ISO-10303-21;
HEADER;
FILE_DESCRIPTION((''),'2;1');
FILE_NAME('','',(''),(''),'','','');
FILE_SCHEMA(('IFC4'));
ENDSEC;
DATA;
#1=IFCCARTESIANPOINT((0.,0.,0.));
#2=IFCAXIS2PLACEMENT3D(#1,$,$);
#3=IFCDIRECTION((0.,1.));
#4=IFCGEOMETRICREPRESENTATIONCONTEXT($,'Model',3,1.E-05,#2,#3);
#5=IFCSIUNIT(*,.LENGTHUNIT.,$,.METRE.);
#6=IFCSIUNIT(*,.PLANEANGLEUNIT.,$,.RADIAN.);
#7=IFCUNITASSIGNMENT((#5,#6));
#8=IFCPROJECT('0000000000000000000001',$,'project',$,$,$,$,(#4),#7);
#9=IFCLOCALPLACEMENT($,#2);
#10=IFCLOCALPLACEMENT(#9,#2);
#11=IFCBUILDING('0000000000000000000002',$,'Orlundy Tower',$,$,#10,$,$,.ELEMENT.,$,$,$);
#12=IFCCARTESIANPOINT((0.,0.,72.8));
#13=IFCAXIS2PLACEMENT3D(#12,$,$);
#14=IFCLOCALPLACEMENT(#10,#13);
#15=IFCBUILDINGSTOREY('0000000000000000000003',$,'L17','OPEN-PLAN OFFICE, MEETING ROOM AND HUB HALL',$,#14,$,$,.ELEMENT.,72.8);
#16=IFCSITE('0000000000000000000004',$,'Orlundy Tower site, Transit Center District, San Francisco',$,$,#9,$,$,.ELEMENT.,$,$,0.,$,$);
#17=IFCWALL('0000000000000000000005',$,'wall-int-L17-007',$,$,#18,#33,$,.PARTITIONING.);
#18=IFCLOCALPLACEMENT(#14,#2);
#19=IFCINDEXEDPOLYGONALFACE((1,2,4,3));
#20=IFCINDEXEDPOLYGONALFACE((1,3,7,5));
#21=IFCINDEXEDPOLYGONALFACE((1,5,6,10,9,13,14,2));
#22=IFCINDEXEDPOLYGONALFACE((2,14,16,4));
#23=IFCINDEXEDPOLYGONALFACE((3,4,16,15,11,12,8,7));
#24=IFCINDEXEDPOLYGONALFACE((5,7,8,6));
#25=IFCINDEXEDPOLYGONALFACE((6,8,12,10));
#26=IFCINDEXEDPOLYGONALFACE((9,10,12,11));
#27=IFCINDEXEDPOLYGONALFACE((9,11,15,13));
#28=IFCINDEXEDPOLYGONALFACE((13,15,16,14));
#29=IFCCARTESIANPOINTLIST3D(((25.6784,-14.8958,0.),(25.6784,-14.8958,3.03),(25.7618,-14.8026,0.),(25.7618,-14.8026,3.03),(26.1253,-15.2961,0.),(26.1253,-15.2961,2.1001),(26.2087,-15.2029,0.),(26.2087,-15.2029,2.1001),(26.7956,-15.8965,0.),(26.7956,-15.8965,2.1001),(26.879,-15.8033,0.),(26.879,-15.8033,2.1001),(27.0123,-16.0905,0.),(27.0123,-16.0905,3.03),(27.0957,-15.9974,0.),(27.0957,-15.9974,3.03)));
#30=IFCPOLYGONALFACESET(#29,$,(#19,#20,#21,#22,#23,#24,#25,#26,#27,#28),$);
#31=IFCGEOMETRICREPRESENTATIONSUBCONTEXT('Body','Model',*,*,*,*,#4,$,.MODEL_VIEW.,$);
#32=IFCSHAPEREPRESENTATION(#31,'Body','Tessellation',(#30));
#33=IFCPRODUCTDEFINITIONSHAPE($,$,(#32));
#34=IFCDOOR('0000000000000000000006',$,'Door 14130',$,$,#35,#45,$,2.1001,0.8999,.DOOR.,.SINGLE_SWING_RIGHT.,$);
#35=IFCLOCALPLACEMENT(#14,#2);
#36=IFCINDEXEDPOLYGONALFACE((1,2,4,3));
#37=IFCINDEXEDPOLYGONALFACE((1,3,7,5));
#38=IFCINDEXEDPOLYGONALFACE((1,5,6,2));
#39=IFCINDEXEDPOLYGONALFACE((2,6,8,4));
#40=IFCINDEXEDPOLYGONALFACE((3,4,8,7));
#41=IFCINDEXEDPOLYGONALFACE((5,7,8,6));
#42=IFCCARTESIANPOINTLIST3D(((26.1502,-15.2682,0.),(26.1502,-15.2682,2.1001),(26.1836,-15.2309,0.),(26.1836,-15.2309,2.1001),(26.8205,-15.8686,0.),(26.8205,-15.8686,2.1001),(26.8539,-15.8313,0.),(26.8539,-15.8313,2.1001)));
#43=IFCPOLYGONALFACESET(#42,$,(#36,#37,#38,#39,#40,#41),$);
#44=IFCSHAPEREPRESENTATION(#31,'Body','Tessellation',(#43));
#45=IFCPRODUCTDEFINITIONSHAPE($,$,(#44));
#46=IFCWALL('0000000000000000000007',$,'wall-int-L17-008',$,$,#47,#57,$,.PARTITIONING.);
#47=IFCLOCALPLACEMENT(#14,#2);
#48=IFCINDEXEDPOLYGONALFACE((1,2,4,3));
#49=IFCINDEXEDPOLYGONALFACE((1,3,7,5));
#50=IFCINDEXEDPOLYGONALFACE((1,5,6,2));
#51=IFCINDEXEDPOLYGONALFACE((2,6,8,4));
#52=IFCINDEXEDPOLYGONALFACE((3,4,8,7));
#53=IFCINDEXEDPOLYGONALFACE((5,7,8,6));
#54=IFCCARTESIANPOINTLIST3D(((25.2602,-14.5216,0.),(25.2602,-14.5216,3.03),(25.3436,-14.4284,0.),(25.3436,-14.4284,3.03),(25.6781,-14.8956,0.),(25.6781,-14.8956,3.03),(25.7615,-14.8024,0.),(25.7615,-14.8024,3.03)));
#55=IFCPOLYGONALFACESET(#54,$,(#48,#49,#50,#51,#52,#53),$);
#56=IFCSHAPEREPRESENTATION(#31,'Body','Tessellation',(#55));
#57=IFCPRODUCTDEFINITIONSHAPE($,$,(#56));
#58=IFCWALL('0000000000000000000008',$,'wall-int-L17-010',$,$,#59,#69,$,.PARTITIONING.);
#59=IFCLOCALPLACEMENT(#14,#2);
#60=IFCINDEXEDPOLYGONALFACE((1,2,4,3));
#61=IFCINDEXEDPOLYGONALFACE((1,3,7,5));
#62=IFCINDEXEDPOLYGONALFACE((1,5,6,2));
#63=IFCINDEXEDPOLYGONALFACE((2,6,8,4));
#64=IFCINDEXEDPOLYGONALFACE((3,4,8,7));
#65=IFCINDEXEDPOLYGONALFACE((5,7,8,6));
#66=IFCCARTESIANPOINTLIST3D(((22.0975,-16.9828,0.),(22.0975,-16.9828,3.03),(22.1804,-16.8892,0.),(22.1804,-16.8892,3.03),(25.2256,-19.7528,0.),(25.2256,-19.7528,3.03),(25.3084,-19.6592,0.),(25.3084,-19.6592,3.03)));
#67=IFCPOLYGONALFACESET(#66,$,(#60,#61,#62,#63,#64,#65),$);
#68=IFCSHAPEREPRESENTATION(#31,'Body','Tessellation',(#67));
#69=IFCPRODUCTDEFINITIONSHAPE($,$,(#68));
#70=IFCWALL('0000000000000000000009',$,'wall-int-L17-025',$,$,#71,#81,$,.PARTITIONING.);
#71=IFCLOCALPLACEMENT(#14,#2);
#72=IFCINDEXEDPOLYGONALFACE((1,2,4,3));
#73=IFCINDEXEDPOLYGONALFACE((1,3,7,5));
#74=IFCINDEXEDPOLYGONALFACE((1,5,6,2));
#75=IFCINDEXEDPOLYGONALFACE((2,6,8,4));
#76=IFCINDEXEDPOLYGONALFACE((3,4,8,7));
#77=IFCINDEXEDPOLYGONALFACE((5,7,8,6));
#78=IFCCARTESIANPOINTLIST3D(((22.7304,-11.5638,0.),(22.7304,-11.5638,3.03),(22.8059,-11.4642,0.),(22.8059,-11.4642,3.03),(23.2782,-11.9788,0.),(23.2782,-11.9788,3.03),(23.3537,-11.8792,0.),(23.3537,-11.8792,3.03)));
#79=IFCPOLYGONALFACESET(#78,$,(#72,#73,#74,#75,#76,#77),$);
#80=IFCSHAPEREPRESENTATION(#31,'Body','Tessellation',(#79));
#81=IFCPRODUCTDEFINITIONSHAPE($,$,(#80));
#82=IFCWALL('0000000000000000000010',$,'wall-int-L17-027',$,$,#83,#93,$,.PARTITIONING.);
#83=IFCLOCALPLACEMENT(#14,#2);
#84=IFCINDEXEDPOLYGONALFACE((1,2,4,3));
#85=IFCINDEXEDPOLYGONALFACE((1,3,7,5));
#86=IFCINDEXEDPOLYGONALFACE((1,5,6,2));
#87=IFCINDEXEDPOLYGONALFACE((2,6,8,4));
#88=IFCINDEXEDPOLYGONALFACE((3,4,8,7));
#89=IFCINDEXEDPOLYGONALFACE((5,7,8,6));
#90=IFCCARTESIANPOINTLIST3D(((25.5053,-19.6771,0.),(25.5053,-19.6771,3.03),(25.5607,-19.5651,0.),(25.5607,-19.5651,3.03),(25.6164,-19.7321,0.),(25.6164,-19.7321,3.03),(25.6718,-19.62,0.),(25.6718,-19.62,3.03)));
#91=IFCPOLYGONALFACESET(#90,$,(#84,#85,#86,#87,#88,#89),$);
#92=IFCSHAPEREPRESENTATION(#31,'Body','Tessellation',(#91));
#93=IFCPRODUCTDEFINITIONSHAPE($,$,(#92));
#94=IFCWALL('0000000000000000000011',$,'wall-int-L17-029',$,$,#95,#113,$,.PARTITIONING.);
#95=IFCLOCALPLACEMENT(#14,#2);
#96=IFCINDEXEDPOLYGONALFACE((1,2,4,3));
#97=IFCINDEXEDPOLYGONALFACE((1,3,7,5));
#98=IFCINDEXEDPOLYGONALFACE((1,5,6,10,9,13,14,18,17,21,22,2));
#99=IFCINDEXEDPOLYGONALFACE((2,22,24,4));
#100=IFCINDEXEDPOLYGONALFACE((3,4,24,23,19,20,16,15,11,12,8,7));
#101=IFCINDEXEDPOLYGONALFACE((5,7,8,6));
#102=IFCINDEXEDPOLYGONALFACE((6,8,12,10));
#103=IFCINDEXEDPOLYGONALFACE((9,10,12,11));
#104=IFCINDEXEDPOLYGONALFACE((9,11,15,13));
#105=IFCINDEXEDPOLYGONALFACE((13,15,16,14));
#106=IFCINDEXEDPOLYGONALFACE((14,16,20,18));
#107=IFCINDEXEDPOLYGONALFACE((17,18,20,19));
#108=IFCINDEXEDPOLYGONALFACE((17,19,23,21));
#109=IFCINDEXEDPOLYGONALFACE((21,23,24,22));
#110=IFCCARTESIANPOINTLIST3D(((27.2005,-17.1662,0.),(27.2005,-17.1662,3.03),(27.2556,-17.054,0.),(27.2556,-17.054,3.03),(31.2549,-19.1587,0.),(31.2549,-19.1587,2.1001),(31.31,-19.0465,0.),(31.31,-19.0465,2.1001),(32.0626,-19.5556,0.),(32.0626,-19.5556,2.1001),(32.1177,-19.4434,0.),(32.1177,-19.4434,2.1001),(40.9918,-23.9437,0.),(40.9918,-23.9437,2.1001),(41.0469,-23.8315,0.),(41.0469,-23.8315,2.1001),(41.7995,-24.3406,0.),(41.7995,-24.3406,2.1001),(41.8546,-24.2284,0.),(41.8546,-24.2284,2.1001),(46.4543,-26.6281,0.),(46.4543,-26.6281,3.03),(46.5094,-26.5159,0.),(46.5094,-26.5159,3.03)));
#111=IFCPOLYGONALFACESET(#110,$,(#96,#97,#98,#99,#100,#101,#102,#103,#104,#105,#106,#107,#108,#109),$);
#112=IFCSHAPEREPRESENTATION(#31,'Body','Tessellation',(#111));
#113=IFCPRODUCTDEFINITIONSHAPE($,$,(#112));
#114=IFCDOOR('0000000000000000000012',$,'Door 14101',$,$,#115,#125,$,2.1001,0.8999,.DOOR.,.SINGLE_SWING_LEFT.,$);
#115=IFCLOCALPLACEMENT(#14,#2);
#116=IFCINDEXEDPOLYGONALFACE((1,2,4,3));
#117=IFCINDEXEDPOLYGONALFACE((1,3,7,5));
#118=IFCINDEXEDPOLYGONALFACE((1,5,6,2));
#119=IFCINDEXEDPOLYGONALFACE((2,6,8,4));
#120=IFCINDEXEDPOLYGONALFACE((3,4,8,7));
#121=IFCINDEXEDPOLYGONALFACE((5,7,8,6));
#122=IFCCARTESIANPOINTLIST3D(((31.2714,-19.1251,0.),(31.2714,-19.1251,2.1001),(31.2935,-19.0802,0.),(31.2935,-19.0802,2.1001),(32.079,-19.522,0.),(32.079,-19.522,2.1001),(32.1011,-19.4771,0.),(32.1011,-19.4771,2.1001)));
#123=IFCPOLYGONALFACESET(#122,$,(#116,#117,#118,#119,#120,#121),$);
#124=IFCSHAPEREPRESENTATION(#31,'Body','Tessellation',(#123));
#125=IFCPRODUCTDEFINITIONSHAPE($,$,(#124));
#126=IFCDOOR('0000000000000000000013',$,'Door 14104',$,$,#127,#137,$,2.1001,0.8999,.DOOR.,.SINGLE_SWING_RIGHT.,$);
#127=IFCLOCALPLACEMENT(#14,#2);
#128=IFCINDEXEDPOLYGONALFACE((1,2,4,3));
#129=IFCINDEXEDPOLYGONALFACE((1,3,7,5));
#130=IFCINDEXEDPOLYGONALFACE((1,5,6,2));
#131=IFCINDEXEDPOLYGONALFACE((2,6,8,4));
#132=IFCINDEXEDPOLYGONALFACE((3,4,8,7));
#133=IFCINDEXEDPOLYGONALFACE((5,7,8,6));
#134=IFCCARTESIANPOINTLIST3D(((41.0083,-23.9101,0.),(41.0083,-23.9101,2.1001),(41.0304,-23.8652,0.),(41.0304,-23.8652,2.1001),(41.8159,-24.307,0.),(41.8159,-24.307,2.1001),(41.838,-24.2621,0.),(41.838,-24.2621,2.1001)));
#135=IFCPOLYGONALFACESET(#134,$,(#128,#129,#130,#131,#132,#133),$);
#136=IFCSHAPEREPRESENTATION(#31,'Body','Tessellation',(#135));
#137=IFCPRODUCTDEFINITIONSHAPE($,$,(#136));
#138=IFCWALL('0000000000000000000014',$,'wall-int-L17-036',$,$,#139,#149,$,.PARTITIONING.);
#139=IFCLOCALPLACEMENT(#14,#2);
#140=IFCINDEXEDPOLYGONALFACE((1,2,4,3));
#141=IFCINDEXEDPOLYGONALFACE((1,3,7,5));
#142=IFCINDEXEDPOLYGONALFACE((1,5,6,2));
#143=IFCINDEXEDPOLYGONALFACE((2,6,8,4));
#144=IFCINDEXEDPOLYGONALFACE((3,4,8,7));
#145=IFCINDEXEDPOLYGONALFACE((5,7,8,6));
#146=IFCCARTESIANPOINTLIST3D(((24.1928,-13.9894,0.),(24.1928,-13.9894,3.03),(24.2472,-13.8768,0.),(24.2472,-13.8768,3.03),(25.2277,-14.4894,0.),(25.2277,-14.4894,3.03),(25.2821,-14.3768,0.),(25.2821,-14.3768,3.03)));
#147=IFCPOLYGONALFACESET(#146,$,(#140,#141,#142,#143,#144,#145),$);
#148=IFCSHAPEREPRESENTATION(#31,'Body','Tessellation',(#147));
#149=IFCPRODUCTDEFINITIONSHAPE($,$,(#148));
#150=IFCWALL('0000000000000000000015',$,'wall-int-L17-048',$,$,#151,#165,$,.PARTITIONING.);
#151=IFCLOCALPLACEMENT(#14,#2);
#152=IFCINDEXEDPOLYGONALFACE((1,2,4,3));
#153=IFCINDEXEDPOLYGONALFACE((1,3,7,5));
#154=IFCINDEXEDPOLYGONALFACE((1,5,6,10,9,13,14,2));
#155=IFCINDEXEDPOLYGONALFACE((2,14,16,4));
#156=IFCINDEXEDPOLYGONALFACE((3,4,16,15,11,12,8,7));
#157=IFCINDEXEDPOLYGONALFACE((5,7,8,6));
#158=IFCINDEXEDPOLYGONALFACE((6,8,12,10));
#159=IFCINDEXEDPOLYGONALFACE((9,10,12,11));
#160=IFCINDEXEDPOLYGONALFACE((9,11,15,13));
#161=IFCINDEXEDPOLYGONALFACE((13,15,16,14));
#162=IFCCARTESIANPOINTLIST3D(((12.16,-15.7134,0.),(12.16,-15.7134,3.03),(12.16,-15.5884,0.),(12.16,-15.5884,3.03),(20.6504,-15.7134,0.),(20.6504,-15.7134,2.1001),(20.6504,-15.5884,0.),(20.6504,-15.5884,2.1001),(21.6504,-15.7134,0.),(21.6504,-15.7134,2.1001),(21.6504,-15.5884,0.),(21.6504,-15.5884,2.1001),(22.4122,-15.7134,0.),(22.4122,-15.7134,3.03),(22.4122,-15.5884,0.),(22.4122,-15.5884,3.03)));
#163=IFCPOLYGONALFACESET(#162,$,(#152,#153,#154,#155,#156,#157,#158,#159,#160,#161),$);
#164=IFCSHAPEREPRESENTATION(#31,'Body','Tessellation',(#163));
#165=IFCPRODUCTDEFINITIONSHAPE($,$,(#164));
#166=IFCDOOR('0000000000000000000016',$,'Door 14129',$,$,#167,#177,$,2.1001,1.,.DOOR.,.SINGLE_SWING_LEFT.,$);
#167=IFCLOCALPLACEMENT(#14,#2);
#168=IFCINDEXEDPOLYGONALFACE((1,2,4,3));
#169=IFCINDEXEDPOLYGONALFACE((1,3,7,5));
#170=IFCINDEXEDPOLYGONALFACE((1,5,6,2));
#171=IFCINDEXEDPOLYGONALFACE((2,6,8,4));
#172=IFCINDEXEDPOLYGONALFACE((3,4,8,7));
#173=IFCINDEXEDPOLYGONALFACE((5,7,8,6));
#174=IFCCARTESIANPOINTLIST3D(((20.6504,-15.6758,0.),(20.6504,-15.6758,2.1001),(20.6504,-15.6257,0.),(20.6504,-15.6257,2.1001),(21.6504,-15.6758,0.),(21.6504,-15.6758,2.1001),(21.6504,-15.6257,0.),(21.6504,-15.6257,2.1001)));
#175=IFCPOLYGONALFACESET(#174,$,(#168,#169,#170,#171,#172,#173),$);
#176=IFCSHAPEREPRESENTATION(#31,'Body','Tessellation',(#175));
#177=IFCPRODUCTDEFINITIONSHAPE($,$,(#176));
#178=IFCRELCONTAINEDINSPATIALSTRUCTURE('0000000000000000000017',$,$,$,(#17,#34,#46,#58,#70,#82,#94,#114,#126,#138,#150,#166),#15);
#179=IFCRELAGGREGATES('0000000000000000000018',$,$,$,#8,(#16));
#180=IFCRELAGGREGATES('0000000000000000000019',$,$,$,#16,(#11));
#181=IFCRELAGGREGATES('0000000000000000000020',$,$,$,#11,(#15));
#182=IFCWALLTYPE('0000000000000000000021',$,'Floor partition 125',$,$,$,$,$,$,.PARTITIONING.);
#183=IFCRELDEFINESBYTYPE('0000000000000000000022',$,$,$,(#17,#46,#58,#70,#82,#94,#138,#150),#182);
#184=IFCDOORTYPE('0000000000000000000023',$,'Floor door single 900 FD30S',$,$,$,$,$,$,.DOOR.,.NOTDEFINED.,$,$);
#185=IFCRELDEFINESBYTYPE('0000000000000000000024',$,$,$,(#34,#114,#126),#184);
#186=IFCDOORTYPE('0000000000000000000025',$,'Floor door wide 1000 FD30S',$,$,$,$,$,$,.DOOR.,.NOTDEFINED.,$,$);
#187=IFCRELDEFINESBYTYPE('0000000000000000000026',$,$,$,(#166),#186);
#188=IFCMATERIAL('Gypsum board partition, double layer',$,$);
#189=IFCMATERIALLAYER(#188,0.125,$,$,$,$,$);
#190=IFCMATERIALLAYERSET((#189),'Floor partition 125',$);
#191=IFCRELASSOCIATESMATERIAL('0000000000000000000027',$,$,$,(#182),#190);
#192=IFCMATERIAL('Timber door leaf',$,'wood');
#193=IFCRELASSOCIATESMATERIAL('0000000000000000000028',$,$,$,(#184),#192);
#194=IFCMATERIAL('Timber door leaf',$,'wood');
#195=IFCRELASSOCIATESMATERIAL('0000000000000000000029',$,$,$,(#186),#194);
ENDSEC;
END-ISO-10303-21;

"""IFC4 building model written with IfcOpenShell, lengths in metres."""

from ifc_helpers import new_model, si_unit, direction, frame, frame_2d, origin, place, context, subcontext, project, spatial, rectangle, extrude, material, layer, layer_set, type_object, element, fill, save


model = new_model("IFC4")

# Units and contexts
model_context = context("Model", 3, precision=1e-05, world=origin(), true_north=direction((0.0, 1.0)))
body_context = subcontext(model_context, "Body", "Model", "MODEL_VIEW")
ifc_project = project(units=[si_unit("LENGTHUNIT", "METRE"), si_unit("PLANEANGLEUNIT", "RADIAN")], contexts=[model_context])

# Site, building, storey
site_placement = place(None, origin())
site = spatial("IfcSite", under=ifc_project, at=site_placement, Name="Orlundy Tower site, Transit Center District, San Francisco", CompositionType="ELEMENT", RefElevation=0.0)
building_placement = place(site_placement, origin())
building = spatial("IfcBuilding", under=site, at=building_placement, Name="Orlundy Tower", CompositionType="ELEMENT")
storey_placement = place(building_placement, frame((0.0, 0.0, 72.8)))
storey = spatial("IfcBuildingStorey", under=building, at=storey_placement, Name="L17", Description="OPEN-PLAN OFFICE, MEETING ROOM AND HUB HALL", CompositionType="ELEMENT", Elevation=72.8)

# Wall, opening, door
ifc_material_1 = material(Name="Gypsum board partition, double layer")
ifc_layer_1 = layer(ifc_material_1, 0.125)
ifc_layer_set_1 = layer_set([ifc_layer_1], Name="Floor partition 125")
wall_type_1 = type_object("IfcWallType", Name="Floor partition 125", PredefinedType="PARTITIONING", material=ifc_layer_set_1)
wall_1_placement = place(storey_placement, frame((25.72, -14.8491, 0.0), z_axis=(0.0, 0.0, 1.0), x_axis=(0.744892, -0.667185, 0.0)))
wall_1 = element("IfcWall", 1, at=wall_1_placement, inside=storey, type_object=wall_type_1, Name="wall-int-L17-007", PredefinedType="PARTITIONING", context=body_context, shape_type="SweptSolid", body=[
    extrude(rectangle(XDim=1.7908, YDim=0.125, at=frame_2d((0.8955, 0.0))), origin(), (0.0, 0.0, 1.0), 3.03),
])
opening_1_placement = place(wall_1_placement, frame((0.6001, 0.0, 0.0)))
opening_1 = element("IfcOpeningElement", 2, at=opening_1_placement, cuts=wall_1, PredefinedType="OPENING", context=body_context, shape_type="SweptSolid", body=[
    extrude(rectangle(XDim=0.8999, YDim=2.1001, at=frame_2d((0.45, 1.05))), frame((0.0, 0.0725, 0.0), z_axis=(0.0, -1.0, 0.0), x_axis=(1.0, 0.0, 0.0)), (0.0, 0.0, 1.0), 0.145),
])
ifc_material_2 = material(Name="Timber door leaf", Category="wood")
door_type_1 = type_object("IfcDoorType", Name="Floor door single 900 FD30S", OperationType="NOTDEFINED", PredefinedType="DOOR", material=ifc_material_2)
door_1_placement = place(opening_1_placement, origin())
door_1 = element("IfcDoor", 3, at=door_1_placement, inside=storey, type_object=door_type_1, Name="Door 14130", OperationType="SINGLE_SWING_RIGHT", OverallHeight=2.1001, OverallWidth=0.8999, PredefinedType="DOOR", context=body_context, shape_type="SweptSolid", body=[
    extrude(rectangle(XDim=0.8999, YDim=2.1001, at=frame_2d((0.45, 1.05))), frame((0.0, 0.0249, 0.0), z_axis=(0.0, -1.0, 0.0), x_axis=(1.0, 0.0, 0.0)), (0.0, 0.0, 1.0), 0.05),
])
fill(opening_1, door_1)

# Walls
wall_2_placement = place(storey_placement, frame((25.302, -14.4751, 0.0), z_axis=(0.0, 0.0, 1.0), x_axis=(0.745196, -0.666846, 0.0)))
element("IfcWall", 4, at=wall_2_placement, inside=storey, type_object=wall_type_1, Name="wall-int-L17-008", PredefinedType="PARTITIONING", context=body_context, shape_type="SweptSolid", body=[
    extrude(rectangle(XDim=0.5608, YDim=0.125, at=frame_2d((0.2803, 0.0))), origin(), (0.0, 0.0, 1.0), 3.03),
])
wall_3_placement = place(storey_placement, frame((22.1389, -16.936, 0.0), z_axis=(0.0, 0.0, 1.0), x_axis=(0.748665, -0.662948, 0.0)))
element("IfcWall", 5, at=wall_3_placement, inside=storey, type_object=wall_type_1, Name="wall-int-L17-010", PredefinedType="PARTITIONING", context=body_context, shape_type="SweptSolid", body=[
    extrude(rectangle(XDim=4.1782, YDim=0.125, at=frame_2d((2.0891, 0.0))), origin(), (0.0, 0.0, 1.0), 3.03),
])
wall_4_placement = place(storey_placement, frame((22.7681, -11.5139, 0.0), z_axis=(0.0, 0.0, 1.0), x_axis=(0.797092, -0.603858, 0.0)))
element("IfcWall", 6, at=wall_4_placement, inside=storey, type_object=wall_type_1, Name="wall-int-L17-025", PredefinedType="PARTITIONING", context=body_context, shape_type="SweptSolid", body=[
    extrude(rectangle(XDim=0.6873, YDim=0.125, at=frame_2d((0.3438, 0.0))), origin(), (0.0, 0.0, 1.0), 3.03),
])
wall_5_placement = place(storey_placement, frame((25.533, -19.6211, 0.0), z_axis=(0.0, 0.0, 1.0), x_axis=(0.896389, -0.443269, 0.0)))
element("IfcWall", 7, at=wall_5_placement, inside=storey, type_object=wall_type_1, Name="wall-int-L17-027", PredefinedType="PARTITIONING", context=body_context, shape_type="SweptSolid", body=[
    extrude(rectangle(XDim=0.124, YDim=0.125, at=frame_2d((0.062, 0.0))), origin(), (0.0, 0.0, 1.0), 3.03),
])

# Wall, openings, doors
wall_6_placement = place(storey_placement, frame((27.228, -17.1101, 0.0), z_axis=(0.0, 0.0, 1.0), x_axis=(0.897483, -0.441049, 0.0)))
wall_6 = element("IfcWall", 8, at=wall_6_placement, inside=storey, type_object=wall_type_1, Name="wall-int-L17-029", PredefinedType="PARTITIONING", context=body_context, shape_type="SweptSolid", body=[
    extrude(rectangle(XDim=21.4531, YDim=0.125, at=frame_2d((10.7266, 0.0))), origin(), (0.0, 0.0, 1.0), 3.03),
])
opening_2_placement = place(wall_6_placement, frame((4.5176, 0.0, 0.0)))
opening_2 = element("IfcOpeningElement", 9, at=opening_2_placement, cuts=wall_6, PredefinedType="OPENING", context=body_context, shape_type="SweptSolid", body=[
    extrude(rectangle(XDim=0.8999, YDim=2.1001, at=frame_2d((0.45, 1.05))), frame((0.0, 0.0725, 0.0), z_axis=(0.0, -1.0, 0.0), x_axis=(1.0, 0.0, 0.0)), (0.0, 0.0, 1.0), 0.145),
])
opening_3_placement = place(wall_6_placement, frame((15.3667, 0.0, 0.0)))
opening_3 = element("IfcOpeningElement", 10, at=opening_3_placement, cuts=wall_6, PredefinedType="OPENING", context=body_context, shape_type="SweptSolid", body=[
    extrude(rectangle(XDim=0.8999, YDim=2.1001, at=frame_2d((0.45, 1.05))), frame((0.0, 0.0725, 0.0), z_axis=(0.0, -1.0, 0.0), x_axis=(1.0, 0.0, 0.0)), (0.0, 0.0, 1.0), 0.145),
])
door_2_placement = place(opening_2_placement, origin())
door_2 = element("IfcDoor", 11, at=door_2_placement, inside=storey, type_object=door_type_1, Name="Door 14101", OperationType="SINGLE_SWING_LEFT", OverallHeight=2.1001, OverallWidth=0.8999, PredefinedType="DOOR", context=body_context, shape_type="SweptSolid", body=[
    extrude(rectangle(XDim=0.8999, YDim=2.1001, at=frame_2d((0.45, 1.05))), frame((0.0, 0.0249, 0.0), z_axis=(0.0, -1.0, 0.0), x_axis=(1.0, 0.0, 0.0)), (0.0, 0.0, 1.0), 0.05),
])
fill(opening_2, door_2)
door_3_placement = place(opening_3_placement, origin())
door_3 = element("IfcDoor", 12, at=door_3_placement, inside=storey, type_object=door_type_1, Name="Door 14104", OperationType="SINGLE_SWING_RIGHT", OverallHeight=2.1001, OverallWidth=0.8999, PredefinedType="DOOR", context=body_context, shape_type="SweptSolid", body=[
    extrude(rectangle(XDim=0.8999, YDim=2.1001, at=frame_2d((0.45, 1.05))), frame((0.0, 0.0249, 0.0), z_axis=(0.0, -1.0, 0.0), x_axis=(1.0, 0.0, 0.0)), (0.0, 0.0, 1.0), 0.05),
])
fill(opening_3, door_3)

# Wall
wall_7_placement = place(storey_placement, frame((24.22, -13.9331, 0.0), z_axis=(0.0, 0.0, 1.0), x_axis=(0.90042, -0.435022, 0.0)))
element("IfcWall", 13, at=wall_7_placement, inside=storey, type_object=wall_type_1, Name="wall-int-L17-036", PredefinedType="PARTITIONING", context=body_context, shape_type="SweptSolid", body=[
    extrude(rectangle(XDim=1.1494, YDim=0.125, at=frame_2d((0.5747, 0.0))), origin(), (0.0, 0.0, 1.0), 3.03),
])

# Wall, opening, door
wall_8_placement = place(storey_placement, frame((22.4121, -15.6509, 0.0), z_axis=(0.0, 0.0, 1.0), x_axis=(-1.0, 0.0, 0.0)))
wall_8 = element("IfcWall", 14, at=wall_8_placement, inside=storey, type_object=wall_type_1, Name="wall-int-L17-048", PredefinedType="PARTITIONING", context=body_context, shape_type="SweptSolid", body=[
    extrude(rectangle(XDim=10.2522, YDim=0.125, at=frame_2d((5.126, 0.0))), origin(), (0.0, 0.0, 1.0), 3.03),
])
opening_4_placement = place(wall_8_placement, frame((0.7617, 0.0, 0.0)))
opening_4 = element("IfcOpeningElement", 15, at=opening_4_placement, cuts=wall_8, PredefinedType="OPENING", context=body_context, shape_type="SweptSolid", body=[
    extrude(rectangle(XDim=1.0, YDim=2.1001, at=frame_2d((0.5, 1.05))), frame((0.0, 0.0725, 0.0), z_axis=(0.0, -1.0, 0.0), x_axis=(1.0, 0.0, 0.0)), (0.0, 0.0, 1.0), 0.145),
])
ifc_material_3 = material(Name="Timber door leaf", Category="wood")
door_type_2 = type_object("IfcDoorType", Name="Floor door wide 1000 FD30S", OperationType="NOTDEFINED", PredefinedType="DOOR", material=ifc_material_3)
door_4_placement = place(opening_4_placement, origin())
door_4 = element("IfcDoor", 16, at=door_4_placement, inside=storey, type_object=door_type_2, Name="Door 14129", OperationType="SINGLE_SWING_LEFT", OverallHeight=2.1001, OverallWidth=1.0, PredefinedType="DOOR", context=body_context, shape_type="SweptSolid", body=[
    extrude(rectangle(XDim=1.0, YDim=2.1001, at=frame_2d((0.5, 1.05))), frame((0.0, 0.0249, 0.0), z_axis=(0.0, -1.0, 0.0), x_axis=(1.0, 0.0, 0.0)), (0.0, 0.0, 1.0), 0.05),
])
fill(opening_4, door_4)

save(model, "model.ifc")
